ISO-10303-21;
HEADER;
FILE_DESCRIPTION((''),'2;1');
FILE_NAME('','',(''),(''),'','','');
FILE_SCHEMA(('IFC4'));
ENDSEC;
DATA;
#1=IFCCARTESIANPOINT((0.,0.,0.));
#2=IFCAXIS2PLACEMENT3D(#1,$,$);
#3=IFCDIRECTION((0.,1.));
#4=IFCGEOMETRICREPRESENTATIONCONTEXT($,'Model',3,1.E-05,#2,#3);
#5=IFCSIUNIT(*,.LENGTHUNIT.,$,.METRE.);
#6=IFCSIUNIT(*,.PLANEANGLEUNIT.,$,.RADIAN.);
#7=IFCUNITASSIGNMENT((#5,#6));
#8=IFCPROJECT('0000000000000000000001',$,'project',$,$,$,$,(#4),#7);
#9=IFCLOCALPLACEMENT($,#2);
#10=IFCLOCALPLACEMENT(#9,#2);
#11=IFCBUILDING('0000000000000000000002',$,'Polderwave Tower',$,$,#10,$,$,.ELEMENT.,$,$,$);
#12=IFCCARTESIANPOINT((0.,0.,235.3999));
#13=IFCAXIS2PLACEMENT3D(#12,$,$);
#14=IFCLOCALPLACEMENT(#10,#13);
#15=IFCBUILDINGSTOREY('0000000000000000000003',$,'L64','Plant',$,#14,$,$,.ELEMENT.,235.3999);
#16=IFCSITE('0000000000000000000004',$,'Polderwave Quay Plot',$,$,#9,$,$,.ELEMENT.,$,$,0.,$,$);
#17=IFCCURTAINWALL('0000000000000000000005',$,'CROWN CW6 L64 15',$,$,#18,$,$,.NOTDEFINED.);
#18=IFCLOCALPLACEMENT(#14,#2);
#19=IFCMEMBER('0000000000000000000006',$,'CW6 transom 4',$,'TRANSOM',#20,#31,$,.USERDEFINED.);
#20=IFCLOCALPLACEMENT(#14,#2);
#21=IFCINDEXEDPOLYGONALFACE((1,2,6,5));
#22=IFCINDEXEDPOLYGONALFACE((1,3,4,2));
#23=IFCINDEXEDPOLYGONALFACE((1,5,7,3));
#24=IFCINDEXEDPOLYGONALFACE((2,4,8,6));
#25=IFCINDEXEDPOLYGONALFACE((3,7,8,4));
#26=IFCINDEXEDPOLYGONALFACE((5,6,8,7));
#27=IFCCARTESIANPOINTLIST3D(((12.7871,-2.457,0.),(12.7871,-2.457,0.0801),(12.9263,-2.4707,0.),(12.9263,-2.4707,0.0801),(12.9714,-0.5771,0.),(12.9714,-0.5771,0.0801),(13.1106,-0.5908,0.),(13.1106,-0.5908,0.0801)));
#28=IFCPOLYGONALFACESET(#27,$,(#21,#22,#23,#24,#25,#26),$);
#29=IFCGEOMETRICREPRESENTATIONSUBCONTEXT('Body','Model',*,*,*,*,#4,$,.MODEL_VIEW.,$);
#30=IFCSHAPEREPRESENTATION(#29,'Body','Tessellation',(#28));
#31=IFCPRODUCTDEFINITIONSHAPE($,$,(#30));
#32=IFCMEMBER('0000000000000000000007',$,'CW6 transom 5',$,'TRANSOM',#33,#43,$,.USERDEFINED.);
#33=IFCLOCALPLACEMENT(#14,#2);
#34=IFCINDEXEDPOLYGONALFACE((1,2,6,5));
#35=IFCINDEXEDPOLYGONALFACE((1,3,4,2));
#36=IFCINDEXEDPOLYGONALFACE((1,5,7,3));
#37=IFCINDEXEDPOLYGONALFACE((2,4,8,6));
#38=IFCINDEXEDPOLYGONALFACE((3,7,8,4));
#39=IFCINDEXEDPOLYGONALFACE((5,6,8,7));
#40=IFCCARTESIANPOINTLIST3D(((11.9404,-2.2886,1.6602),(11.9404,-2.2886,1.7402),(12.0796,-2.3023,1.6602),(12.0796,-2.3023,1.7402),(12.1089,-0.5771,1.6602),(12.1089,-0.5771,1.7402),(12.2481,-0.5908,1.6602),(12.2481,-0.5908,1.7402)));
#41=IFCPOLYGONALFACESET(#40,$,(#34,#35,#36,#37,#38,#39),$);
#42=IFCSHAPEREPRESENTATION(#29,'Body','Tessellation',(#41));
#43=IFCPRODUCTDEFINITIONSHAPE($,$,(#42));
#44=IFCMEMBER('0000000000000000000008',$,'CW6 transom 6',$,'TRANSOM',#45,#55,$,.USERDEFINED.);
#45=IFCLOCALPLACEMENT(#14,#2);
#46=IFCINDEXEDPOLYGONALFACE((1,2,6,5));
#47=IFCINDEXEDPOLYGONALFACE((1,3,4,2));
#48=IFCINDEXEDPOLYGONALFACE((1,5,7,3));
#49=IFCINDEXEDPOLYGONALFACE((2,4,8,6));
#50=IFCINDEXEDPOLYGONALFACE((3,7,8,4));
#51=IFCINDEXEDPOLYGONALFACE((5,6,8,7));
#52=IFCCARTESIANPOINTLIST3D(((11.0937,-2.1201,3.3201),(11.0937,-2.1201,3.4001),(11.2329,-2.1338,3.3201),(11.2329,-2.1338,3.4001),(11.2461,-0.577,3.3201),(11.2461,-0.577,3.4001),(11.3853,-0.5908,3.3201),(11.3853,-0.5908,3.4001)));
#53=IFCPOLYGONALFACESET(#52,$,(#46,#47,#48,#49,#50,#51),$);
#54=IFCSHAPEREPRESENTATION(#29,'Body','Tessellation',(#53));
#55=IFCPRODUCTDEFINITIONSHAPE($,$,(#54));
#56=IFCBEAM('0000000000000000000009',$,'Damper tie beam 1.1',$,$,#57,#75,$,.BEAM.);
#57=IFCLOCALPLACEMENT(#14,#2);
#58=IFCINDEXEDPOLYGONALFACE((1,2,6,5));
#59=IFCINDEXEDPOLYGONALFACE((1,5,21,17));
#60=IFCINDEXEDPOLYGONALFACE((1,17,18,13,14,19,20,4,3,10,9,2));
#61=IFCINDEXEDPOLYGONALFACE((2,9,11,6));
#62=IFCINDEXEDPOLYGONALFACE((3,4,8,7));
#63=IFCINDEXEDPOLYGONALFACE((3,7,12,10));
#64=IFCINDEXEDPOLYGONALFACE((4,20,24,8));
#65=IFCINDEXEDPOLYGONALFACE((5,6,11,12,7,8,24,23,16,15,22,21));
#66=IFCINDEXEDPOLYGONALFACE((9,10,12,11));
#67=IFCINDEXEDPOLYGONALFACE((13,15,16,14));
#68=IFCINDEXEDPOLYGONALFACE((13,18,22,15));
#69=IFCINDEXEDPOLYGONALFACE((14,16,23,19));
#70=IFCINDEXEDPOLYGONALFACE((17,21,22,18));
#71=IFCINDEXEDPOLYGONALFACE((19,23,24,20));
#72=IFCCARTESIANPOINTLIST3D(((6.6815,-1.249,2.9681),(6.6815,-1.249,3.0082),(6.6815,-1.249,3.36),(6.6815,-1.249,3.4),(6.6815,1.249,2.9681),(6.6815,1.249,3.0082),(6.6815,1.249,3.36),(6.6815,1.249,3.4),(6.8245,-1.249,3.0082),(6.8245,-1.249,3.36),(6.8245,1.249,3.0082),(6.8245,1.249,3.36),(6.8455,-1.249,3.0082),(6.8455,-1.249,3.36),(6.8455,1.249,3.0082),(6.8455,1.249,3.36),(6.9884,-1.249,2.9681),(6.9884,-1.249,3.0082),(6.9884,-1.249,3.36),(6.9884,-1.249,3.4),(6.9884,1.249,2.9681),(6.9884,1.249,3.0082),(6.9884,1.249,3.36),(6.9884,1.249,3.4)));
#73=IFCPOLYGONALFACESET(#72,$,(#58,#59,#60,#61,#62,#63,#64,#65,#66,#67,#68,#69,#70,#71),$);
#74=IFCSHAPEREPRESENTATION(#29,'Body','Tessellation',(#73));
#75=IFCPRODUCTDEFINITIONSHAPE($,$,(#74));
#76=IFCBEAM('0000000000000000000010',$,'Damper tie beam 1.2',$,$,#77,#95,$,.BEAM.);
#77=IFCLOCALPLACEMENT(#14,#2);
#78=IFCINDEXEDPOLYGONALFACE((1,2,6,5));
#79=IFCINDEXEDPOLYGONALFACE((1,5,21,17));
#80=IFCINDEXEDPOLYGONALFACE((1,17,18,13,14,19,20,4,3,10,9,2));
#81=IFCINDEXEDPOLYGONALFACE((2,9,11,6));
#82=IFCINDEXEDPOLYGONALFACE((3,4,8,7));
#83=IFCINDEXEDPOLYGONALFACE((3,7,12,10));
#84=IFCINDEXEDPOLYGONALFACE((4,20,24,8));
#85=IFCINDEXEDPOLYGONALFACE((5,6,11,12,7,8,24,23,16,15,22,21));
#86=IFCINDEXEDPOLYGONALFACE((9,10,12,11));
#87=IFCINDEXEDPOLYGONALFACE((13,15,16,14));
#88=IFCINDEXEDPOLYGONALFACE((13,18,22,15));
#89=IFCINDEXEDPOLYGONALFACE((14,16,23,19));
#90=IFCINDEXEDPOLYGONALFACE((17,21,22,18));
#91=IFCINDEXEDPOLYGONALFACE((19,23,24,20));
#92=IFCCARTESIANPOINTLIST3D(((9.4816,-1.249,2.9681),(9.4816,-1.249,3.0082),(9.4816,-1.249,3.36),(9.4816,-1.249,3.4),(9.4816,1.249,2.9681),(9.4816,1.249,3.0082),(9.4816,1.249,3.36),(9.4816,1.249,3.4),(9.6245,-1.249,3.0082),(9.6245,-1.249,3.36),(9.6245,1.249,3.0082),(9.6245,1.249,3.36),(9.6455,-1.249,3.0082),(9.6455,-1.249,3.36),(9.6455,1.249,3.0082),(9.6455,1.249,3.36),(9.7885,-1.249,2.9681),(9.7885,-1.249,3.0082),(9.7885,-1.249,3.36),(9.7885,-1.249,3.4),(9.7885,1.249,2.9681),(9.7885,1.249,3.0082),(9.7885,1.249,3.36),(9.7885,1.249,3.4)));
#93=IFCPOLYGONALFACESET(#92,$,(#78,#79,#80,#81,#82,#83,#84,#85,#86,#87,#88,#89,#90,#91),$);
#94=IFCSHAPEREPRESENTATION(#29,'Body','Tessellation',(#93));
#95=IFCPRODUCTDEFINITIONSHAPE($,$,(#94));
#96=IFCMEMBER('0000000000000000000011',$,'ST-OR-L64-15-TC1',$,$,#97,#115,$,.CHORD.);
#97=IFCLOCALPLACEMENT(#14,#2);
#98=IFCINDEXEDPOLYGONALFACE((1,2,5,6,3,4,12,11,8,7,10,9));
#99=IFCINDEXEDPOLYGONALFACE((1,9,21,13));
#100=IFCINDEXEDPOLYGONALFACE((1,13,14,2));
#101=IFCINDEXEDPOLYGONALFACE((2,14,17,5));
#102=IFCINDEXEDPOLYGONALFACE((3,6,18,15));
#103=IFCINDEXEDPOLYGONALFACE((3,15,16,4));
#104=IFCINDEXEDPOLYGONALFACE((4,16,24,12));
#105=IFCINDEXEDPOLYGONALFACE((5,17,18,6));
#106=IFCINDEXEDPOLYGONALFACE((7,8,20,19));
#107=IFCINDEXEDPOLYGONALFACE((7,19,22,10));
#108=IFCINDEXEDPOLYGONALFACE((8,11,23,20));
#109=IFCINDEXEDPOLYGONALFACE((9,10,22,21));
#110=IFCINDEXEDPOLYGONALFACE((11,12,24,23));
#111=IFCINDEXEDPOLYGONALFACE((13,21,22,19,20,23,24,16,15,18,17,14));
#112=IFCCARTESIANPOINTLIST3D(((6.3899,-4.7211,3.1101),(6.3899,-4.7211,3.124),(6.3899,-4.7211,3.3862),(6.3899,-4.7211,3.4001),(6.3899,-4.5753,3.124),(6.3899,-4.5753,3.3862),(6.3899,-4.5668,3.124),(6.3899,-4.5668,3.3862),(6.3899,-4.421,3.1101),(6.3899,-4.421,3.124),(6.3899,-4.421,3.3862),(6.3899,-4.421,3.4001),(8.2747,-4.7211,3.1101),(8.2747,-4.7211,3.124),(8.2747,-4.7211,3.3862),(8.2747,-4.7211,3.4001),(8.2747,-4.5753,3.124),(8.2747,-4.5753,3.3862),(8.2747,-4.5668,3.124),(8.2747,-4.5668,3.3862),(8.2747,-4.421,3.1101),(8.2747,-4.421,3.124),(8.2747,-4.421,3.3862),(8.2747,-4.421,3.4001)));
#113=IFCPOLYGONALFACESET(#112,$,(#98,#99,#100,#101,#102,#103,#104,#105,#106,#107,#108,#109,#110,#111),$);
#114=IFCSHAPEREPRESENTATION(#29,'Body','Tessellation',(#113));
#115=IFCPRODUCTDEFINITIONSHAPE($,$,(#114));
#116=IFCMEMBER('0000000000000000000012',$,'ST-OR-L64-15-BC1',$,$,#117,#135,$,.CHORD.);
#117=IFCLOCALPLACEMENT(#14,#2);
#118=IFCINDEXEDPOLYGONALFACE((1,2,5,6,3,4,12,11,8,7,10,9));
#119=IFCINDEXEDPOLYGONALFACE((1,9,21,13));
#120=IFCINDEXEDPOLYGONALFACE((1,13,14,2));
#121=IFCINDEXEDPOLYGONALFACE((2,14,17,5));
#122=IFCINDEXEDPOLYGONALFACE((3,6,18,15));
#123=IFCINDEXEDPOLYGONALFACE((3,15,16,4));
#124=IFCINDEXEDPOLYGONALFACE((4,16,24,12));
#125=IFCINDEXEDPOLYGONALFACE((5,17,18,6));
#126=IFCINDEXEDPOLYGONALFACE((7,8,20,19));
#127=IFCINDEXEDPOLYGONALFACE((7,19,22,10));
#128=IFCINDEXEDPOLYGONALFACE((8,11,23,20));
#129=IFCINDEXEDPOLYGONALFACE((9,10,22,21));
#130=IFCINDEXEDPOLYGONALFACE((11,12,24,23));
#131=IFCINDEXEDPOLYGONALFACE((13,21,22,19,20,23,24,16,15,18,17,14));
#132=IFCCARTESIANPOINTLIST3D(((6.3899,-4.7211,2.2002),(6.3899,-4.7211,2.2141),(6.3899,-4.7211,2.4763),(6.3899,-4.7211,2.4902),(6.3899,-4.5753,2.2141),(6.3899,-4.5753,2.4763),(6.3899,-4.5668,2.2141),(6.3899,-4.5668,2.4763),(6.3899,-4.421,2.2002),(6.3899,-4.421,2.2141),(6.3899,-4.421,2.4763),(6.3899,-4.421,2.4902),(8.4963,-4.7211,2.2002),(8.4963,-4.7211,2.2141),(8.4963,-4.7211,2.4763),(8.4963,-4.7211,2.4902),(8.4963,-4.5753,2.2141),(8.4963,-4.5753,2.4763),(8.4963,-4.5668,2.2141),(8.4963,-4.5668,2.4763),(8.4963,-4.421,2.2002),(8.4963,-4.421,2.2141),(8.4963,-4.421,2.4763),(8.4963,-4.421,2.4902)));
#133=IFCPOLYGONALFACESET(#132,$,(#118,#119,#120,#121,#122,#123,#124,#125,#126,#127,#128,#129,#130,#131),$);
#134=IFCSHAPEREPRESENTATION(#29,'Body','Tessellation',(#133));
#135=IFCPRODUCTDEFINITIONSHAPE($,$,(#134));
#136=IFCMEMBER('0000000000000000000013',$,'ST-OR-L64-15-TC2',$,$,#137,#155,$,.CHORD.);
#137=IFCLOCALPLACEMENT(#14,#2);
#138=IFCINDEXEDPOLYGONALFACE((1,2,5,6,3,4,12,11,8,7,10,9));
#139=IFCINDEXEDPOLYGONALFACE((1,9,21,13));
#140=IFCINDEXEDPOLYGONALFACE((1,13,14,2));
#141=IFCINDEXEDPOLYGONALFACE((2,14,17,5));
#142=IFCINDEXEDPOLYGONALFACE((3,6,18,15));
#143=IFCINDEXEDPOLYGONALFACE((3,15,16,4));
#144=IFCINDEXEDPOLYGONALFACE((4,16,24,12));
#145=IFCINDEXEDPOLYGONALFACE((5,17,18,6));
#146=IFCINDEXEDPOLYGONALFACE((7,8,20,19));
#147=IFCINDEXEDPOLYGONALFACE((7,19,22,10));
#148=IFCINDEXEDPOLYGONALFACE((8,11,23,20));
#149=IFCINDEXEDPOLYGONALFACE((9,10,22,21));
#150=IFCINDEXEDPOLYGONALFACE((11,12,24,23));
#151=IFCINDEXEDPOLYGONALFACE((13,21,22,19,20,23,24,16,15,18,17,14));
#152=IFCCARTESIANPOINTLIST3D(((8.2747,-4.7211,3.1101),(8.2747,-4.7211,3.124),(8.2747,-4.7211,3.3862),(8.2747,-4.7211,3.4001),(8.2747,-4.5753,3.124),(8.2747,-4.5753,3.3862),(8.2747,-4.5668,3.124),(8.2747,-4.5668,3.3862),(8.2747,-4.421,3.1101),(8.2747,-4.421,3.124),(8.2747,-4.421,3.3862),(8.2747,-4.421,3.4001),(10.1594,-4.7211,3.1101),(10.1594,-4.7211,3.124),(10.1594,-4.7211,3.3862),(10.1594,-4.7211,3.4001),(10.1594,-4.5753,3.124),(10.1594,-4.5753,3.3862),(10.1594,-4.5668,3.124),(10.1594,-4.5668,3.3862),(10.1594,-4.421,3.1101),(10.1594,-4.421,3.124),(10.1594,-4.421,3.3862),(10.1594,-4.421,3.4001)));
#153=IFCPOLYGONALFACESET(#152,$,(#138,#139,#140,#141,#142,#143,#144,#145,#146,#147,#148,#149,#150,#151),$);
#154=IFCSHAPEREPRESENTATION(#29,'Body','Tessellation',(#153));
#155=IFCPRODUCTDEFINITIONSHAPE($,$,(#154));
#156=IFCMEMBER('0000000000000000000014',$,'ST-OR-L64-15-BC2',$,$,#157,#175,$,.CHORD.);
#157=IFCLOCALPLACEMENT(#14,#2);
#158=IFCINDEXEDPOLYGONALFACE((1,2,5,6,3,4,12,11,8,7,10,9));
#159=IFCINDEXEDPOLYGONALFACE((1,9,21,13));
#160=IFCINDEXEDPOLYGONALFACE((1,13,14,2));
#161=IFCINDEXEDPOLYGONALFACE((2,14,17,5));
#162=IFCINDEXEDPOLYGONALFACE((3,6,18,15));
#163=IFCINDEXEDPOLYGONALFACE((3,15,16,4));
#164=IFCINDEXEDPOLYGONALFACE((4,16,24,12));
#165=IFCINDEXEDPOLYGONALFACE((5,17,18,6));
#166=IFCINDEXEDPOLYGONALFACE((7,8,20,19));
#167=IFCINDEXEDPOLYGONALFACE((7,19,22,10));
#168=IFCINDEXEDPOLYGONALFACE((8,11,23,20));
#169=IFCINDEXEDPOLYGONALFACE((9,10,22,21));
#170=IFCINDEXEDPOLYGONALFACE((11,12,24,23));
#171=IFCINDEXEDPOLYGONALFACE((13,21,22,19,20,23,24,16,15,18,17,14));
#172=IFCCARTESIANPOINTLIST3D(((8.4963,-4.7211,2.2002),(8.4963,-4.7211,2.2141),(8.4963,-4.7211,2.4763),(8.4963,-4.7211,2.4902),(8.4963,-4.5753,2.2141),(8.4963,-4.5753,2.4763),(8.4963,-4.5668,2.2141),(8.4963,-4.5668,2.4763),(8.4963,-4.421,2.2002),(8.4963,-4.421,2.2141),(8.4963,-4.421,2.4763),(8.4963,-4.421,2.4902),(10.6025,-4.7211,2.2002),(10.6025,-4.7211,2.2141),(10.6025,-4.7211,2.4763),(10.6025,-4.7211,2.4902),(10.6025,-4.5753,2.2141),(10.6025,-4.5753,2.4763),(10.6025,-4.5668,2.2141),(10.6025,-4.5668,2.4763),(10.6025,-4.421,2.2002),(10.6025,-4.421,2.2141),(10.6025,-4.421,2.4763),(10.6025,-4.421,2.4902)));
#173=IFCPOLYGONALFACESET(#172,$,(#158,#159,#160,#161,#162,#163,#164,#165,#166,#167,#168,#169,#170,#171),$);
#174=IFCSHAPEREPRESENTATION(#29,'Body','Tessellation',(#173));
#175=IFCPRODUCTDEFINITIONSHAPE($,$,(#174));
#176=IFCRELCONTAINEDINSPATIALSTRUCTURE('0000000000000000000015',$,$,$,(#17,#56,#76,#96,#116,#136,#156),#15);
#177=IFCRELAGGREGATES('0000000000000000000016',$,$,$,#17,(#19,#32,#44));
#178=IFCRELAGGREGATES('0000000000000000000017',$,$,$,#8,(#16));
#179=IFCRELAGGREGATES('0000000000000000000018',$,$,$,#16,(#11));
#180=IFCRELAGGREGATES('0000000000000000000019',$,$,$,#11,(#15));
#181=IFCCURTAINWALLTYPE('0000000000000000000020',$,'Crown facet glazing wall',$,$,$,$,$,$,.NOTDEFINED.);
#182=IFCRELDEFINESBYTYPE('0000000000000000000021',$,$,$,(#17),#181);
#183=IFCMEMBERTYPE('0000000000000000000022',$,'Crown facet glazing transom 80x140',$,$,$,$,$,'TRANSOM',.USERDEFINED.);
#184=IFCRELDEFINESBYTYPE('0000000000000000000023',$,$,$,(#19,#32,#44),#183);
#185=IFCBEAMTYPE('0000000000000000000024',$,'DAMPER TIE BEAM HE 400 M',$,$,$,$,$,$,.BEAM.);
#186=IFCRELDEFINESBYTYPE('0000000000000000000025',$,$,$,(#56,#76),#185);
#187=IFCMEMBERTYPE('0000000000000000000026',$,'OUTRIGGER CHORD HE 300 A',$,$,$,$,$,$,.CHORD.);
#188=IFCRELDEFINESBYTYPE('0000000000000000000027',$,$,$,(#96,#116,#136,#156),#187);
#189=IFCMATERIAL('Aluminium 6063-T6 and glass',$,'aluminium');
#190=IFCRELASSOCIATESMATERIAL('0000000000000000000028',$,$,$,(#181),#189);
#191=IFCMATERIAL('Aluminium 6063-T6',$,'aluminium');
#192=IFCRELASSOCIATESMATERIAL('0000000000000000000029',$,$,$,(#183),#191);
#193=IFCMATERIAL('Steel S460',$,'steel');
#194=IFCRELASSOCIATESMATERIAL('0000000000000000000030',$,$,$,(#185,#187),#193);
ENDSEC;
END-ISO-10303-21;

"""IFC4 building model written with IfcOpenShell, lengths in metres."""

from ifc_helpers import new_model, si_unit, direction, frame, origin, origin_2d, place, context, subcontext, project, spatial, rectangle, i_section, extrude, material, material_profile, profile_set, type_object, element, aggregate, save


model = new_model("IFC4")

# Units and contexts
model_context = context("Model", 3, precision=1e-05, world=origin(), true_north=direction((0.0, 1.0)))
body_context = subcontext(model_context, "Body", "Model", "MODEL_VIEW")
ifc_project = project(units=[si_unit("LENGTHUNIT", "METRE"), si_unit("PLANEANGLEUNIT", "RADIAN")], contexts=[model_context])

# Site, building, storey
site_placement = place(None, origin())
site = spatial("IfcSite", under=ifc_project, at=site_placement, Name="Polderwave Quay Plot", CompositionType="ELEMENT", RefElevation=0.0)
building_placement = place(site_placement, origin())
building = spatial("IfcBuilding", under=site, at=building_placement, Name="Polderwave Tower", CompositionType="ELEMENT")
storey_placement = place(building_placement, frame((0.0, 0.0, 235.3999)))
storey = spatial("IfcBuildingStorey", under=building, at=storey_placement, Name="L64", Description="Plant", CompositionType="ELEMENT", Elevation=235.3999)

# Shared definitions
ifc_material_1 = material(Name="Steel S460", Category="steel")

# Shared definitions
ifc_material_2 = material(Name="Aluminium 6063-T6 and glass", Category="aluminium")
curtain_wall_type = type_object("IfcCurtainWallType", Name="Crown facet glazing wall", PredefinedType="NOTDEFINED", material=ifc_material_2)
ifc_material_3 = material(Name="Aluminium 6063-T6", Category="aluminium")

# Curtain wall
curtain_wall_1_placement = place(storey_placement, origin())
curtain_wall_1 = element("IfcCurtainWall", 1, at=curtain_wall_1_placement, inside=storey, type_object=curtain_wall_type, Name="CROWN CW6 L64 15", PredefinedType="NOTDEFINED")

# Members
ifc_material_profile_1 = material_profile(ifc_material_3, rectangle(XDim=0.1399, YDim=0.0801, at=origin_2d()), Name="AL 80x140")
ifc_profile_set_1 = profile_set([ifc_material_profile_1], Name="Aluminium 6063-T6")
member_type_1 = type_object("IfcMemberType", Name="Crown facet glazing transom 80x140", ElementType="TRANSOM", PredefinedType="USERDEFINED", material=ifc_profile_set_1)
member_1_placement = place(storey_placement, frame((12.8567, -2.4639, 0.04), z_axis=(0.097584, 0.995227, 0.0), x_axis=(-0.995227, 0.097584, 0.0)))
member_1 = element("IfcMember", 2, at=member_1_placement, type_object=member_type_1, Name="CW6 transom 4", ObjectType="TRANSOM", PredefinedType="USERDEFINED", context=body_context, shape_type="SweptSolid", body=[
    extrude(rectangle(XDim=0.1399, YDim=0.0801, at=origin_2d()), origin(), (0.0, 0.0, 1.0), 1.8889),
])
member_2_placement = place(storey_placement, frame((12.01, -2.2954, 1.7002), z_axis=(0.097957, 0.995191, 0.0), x_axis=(-0.995191, 0.097957, 0.0)))
member_2 = element("IfcMember", 3, at=member_2_placement, type_object=member_type_1, Name="CW6 transom 5", ObjectType="TRANSOM", PredefinedType="USERDEFINED", context=body_context, shape_type="SweptSolid", body=[
    extrude(rectangle(XDim=0.1399, YDim=0.0801, at=origin_2d()), origin(), (0.0, 0.0, 1.0), 1.7197),
])
member_3_placement = place(storey_placement, frame((11.1633, -2.127, 3.3601), z_axis=(0.098256, 0.995161, 0.0), x_axis=(-0.995161, 0.098256, 0.0)))
member_3 = element("IfcMember", 4, at=member_3_placement, type_object=member_type_1, Name="CW6 transom 6", ObjectType="TRANSOM", PredefinedType="USERDEFINED", context=body_context, shape_type="SweptSolid", body=[
    extrude(rectangle(XDim=0.1399, YDim=0.0801, at=origin_2d()), origin(), (0.0, 0.0, 1.0), 1.5505),
])

# Beams
ifc_material_profile_2 = material_profile(ifc_material_1, i_section(OverallWidth=0.3069, OverallDepth=0.4319, WebThickness=0.021, FlangeThickness=0.04, at=origin_2d()), Name="HE 400 M")
ifc_profile_set_2 = profile_set([ifc_material_profile_2], Name="Steel S460")
beam_type_1 = type_object("IfcBeamType", Name="DAMPER TIE BEAM HE 400 M", PredefinedType="BEAM", material=ifc_profile_set_2)
for number, where, z_axis, x_axis, name in (
    (5, (6.835, -1.249, 3.1841), (0.0, 1.0, 0.0), (-1.0, 0.0, 0.0), "Damper tie beam 1.1"),
    (6, (9.635, -1.249, 3.1841), (0.0, 1.0, 0.0), (-1.0, 0.0, 0.0), "Damper tie beam 1.2"),
):
    element("IfcBeam", number, at=place(storey_placement, frame(where, z_axis=z_axis, x_axis=x_axis)), inside=storey, type_object=beam_type_1, Name=name, PredefinedType="BEAM", context=body_context, shape_type="SweptSolid", body=[
        extrude(i_section(OverallWidth=0.3069, OverallDepth=0.4319, WebThickness=0.021, FlangeThickness=0.04, at=origin_2d()), origin(), (0.0, 0.0, 1.0), 2.498),
    ])

# Members
ifc_material_profile_3 = material_profile(ifc_material_1, i_section(OverallWidth=0.3, OverallDepth=0.29, WebThickness=0.0085, FlangeThickness=0.0139, at=origin_2d()), Name="HE 300 A")
ifc_profile_set_3 = profile_set([ifc_material_profile_3], Name="Steel S460")
member_type_2 = type_object("IfcMemberType", Name="OUTRIGGER CHORD HE 300 A", PredefinedType="CHORD", material=ifc_profile_set_3)
member_4_placement = place(storey_placement, frame((6.3899, -4.571, 3.2551), z_axis=(1.0, 0.0, 0.0), x_axis=(0.0, 1.0, 0.0)))
element("IfcMember", 7, at=member_4_placement, inside=storey, type_object=member_type_2, Name="ST-OR-L64-15-TC1", PredefinedType="CHORD", context=body_context, shape_type="SweptSolid", body=[
    extrude(i_section(OverallWidth=0.3, OverallDepth=0.29, WebThickness=0.0085, FlangeThickness=0.0139, at=origin_2d()), origin(), (0.0, 0.0, 1.0), 1.8848),
])
member_5_placement = place(storey_placement, frame((6.3899, -4.571, 2.3452), z_axis=(1.0, 0.0, 0.0), x_axis=(0.0, 1.0, 0.0)))
element("IfcMember", 8, at=member_5_placement, inside=storey, type_object=member_type_2, Name="ST-OR-L64-15-BC1", PredefinedType="CHORD", context=body_context, shape_type="SweptSolid", body=[
    extrude(i_section(OverallWidth=0.3, OverallDepth=0.29, WebThickness=0.0085, FlangeThickness=0.0139, at=origin_2d()), origin(), (0.0, 0.0, 1.0), 2.1064),
])
member_6_placement = place(storey_placement, frame((8.2747, -4.571, 3.2551), z_axis=(1.0, 0.0, 0.0), x_axis=(0.0, 1.0, 0.0)))
element("IfcMember", 9, at=member_6_placement, inside=storey, type_object=member_type_2, Name="ST-OR-L64-15-TC2", PredefinedType="CHORD", context=body_context, shape_type="SweptSolid", body=[
    extrude(i_section(OverallWidth=0.3, OverallDepth=0.29, WebThickness=0.0085, FlangeThickness=0.0139, at=origin_2d()), origin(), (0.0, 0.0, 1.0), 1.8848),
])
member_7_placement = place(storey_placement, frame((8.4963, -4.571, 2.3452), z_axis=(1.0, 0.0, 0.0), x_axis=(0.0, 1.0, 0.0)))
element("IfcMember", 10, at=member_7_placement, inside=storey, type_object=member_type_2, Name="ST-OR-L64-15-BC2", PredefinedType="CHORD", context=body_context, shape_type="SweptSolid", body=[
    extrude(i_section(OverallWidth=0.3, OverallDepth=0.29, WebThickness=0.0085, FlangeThickness=0.0139, at=origin_2d()), origin(), (0.0, 0.0, 1.0), 2.1062),
])

aggregate(curtain_wall_1, [member_1, member_2, member_3])

save(model, "model.ifc")
